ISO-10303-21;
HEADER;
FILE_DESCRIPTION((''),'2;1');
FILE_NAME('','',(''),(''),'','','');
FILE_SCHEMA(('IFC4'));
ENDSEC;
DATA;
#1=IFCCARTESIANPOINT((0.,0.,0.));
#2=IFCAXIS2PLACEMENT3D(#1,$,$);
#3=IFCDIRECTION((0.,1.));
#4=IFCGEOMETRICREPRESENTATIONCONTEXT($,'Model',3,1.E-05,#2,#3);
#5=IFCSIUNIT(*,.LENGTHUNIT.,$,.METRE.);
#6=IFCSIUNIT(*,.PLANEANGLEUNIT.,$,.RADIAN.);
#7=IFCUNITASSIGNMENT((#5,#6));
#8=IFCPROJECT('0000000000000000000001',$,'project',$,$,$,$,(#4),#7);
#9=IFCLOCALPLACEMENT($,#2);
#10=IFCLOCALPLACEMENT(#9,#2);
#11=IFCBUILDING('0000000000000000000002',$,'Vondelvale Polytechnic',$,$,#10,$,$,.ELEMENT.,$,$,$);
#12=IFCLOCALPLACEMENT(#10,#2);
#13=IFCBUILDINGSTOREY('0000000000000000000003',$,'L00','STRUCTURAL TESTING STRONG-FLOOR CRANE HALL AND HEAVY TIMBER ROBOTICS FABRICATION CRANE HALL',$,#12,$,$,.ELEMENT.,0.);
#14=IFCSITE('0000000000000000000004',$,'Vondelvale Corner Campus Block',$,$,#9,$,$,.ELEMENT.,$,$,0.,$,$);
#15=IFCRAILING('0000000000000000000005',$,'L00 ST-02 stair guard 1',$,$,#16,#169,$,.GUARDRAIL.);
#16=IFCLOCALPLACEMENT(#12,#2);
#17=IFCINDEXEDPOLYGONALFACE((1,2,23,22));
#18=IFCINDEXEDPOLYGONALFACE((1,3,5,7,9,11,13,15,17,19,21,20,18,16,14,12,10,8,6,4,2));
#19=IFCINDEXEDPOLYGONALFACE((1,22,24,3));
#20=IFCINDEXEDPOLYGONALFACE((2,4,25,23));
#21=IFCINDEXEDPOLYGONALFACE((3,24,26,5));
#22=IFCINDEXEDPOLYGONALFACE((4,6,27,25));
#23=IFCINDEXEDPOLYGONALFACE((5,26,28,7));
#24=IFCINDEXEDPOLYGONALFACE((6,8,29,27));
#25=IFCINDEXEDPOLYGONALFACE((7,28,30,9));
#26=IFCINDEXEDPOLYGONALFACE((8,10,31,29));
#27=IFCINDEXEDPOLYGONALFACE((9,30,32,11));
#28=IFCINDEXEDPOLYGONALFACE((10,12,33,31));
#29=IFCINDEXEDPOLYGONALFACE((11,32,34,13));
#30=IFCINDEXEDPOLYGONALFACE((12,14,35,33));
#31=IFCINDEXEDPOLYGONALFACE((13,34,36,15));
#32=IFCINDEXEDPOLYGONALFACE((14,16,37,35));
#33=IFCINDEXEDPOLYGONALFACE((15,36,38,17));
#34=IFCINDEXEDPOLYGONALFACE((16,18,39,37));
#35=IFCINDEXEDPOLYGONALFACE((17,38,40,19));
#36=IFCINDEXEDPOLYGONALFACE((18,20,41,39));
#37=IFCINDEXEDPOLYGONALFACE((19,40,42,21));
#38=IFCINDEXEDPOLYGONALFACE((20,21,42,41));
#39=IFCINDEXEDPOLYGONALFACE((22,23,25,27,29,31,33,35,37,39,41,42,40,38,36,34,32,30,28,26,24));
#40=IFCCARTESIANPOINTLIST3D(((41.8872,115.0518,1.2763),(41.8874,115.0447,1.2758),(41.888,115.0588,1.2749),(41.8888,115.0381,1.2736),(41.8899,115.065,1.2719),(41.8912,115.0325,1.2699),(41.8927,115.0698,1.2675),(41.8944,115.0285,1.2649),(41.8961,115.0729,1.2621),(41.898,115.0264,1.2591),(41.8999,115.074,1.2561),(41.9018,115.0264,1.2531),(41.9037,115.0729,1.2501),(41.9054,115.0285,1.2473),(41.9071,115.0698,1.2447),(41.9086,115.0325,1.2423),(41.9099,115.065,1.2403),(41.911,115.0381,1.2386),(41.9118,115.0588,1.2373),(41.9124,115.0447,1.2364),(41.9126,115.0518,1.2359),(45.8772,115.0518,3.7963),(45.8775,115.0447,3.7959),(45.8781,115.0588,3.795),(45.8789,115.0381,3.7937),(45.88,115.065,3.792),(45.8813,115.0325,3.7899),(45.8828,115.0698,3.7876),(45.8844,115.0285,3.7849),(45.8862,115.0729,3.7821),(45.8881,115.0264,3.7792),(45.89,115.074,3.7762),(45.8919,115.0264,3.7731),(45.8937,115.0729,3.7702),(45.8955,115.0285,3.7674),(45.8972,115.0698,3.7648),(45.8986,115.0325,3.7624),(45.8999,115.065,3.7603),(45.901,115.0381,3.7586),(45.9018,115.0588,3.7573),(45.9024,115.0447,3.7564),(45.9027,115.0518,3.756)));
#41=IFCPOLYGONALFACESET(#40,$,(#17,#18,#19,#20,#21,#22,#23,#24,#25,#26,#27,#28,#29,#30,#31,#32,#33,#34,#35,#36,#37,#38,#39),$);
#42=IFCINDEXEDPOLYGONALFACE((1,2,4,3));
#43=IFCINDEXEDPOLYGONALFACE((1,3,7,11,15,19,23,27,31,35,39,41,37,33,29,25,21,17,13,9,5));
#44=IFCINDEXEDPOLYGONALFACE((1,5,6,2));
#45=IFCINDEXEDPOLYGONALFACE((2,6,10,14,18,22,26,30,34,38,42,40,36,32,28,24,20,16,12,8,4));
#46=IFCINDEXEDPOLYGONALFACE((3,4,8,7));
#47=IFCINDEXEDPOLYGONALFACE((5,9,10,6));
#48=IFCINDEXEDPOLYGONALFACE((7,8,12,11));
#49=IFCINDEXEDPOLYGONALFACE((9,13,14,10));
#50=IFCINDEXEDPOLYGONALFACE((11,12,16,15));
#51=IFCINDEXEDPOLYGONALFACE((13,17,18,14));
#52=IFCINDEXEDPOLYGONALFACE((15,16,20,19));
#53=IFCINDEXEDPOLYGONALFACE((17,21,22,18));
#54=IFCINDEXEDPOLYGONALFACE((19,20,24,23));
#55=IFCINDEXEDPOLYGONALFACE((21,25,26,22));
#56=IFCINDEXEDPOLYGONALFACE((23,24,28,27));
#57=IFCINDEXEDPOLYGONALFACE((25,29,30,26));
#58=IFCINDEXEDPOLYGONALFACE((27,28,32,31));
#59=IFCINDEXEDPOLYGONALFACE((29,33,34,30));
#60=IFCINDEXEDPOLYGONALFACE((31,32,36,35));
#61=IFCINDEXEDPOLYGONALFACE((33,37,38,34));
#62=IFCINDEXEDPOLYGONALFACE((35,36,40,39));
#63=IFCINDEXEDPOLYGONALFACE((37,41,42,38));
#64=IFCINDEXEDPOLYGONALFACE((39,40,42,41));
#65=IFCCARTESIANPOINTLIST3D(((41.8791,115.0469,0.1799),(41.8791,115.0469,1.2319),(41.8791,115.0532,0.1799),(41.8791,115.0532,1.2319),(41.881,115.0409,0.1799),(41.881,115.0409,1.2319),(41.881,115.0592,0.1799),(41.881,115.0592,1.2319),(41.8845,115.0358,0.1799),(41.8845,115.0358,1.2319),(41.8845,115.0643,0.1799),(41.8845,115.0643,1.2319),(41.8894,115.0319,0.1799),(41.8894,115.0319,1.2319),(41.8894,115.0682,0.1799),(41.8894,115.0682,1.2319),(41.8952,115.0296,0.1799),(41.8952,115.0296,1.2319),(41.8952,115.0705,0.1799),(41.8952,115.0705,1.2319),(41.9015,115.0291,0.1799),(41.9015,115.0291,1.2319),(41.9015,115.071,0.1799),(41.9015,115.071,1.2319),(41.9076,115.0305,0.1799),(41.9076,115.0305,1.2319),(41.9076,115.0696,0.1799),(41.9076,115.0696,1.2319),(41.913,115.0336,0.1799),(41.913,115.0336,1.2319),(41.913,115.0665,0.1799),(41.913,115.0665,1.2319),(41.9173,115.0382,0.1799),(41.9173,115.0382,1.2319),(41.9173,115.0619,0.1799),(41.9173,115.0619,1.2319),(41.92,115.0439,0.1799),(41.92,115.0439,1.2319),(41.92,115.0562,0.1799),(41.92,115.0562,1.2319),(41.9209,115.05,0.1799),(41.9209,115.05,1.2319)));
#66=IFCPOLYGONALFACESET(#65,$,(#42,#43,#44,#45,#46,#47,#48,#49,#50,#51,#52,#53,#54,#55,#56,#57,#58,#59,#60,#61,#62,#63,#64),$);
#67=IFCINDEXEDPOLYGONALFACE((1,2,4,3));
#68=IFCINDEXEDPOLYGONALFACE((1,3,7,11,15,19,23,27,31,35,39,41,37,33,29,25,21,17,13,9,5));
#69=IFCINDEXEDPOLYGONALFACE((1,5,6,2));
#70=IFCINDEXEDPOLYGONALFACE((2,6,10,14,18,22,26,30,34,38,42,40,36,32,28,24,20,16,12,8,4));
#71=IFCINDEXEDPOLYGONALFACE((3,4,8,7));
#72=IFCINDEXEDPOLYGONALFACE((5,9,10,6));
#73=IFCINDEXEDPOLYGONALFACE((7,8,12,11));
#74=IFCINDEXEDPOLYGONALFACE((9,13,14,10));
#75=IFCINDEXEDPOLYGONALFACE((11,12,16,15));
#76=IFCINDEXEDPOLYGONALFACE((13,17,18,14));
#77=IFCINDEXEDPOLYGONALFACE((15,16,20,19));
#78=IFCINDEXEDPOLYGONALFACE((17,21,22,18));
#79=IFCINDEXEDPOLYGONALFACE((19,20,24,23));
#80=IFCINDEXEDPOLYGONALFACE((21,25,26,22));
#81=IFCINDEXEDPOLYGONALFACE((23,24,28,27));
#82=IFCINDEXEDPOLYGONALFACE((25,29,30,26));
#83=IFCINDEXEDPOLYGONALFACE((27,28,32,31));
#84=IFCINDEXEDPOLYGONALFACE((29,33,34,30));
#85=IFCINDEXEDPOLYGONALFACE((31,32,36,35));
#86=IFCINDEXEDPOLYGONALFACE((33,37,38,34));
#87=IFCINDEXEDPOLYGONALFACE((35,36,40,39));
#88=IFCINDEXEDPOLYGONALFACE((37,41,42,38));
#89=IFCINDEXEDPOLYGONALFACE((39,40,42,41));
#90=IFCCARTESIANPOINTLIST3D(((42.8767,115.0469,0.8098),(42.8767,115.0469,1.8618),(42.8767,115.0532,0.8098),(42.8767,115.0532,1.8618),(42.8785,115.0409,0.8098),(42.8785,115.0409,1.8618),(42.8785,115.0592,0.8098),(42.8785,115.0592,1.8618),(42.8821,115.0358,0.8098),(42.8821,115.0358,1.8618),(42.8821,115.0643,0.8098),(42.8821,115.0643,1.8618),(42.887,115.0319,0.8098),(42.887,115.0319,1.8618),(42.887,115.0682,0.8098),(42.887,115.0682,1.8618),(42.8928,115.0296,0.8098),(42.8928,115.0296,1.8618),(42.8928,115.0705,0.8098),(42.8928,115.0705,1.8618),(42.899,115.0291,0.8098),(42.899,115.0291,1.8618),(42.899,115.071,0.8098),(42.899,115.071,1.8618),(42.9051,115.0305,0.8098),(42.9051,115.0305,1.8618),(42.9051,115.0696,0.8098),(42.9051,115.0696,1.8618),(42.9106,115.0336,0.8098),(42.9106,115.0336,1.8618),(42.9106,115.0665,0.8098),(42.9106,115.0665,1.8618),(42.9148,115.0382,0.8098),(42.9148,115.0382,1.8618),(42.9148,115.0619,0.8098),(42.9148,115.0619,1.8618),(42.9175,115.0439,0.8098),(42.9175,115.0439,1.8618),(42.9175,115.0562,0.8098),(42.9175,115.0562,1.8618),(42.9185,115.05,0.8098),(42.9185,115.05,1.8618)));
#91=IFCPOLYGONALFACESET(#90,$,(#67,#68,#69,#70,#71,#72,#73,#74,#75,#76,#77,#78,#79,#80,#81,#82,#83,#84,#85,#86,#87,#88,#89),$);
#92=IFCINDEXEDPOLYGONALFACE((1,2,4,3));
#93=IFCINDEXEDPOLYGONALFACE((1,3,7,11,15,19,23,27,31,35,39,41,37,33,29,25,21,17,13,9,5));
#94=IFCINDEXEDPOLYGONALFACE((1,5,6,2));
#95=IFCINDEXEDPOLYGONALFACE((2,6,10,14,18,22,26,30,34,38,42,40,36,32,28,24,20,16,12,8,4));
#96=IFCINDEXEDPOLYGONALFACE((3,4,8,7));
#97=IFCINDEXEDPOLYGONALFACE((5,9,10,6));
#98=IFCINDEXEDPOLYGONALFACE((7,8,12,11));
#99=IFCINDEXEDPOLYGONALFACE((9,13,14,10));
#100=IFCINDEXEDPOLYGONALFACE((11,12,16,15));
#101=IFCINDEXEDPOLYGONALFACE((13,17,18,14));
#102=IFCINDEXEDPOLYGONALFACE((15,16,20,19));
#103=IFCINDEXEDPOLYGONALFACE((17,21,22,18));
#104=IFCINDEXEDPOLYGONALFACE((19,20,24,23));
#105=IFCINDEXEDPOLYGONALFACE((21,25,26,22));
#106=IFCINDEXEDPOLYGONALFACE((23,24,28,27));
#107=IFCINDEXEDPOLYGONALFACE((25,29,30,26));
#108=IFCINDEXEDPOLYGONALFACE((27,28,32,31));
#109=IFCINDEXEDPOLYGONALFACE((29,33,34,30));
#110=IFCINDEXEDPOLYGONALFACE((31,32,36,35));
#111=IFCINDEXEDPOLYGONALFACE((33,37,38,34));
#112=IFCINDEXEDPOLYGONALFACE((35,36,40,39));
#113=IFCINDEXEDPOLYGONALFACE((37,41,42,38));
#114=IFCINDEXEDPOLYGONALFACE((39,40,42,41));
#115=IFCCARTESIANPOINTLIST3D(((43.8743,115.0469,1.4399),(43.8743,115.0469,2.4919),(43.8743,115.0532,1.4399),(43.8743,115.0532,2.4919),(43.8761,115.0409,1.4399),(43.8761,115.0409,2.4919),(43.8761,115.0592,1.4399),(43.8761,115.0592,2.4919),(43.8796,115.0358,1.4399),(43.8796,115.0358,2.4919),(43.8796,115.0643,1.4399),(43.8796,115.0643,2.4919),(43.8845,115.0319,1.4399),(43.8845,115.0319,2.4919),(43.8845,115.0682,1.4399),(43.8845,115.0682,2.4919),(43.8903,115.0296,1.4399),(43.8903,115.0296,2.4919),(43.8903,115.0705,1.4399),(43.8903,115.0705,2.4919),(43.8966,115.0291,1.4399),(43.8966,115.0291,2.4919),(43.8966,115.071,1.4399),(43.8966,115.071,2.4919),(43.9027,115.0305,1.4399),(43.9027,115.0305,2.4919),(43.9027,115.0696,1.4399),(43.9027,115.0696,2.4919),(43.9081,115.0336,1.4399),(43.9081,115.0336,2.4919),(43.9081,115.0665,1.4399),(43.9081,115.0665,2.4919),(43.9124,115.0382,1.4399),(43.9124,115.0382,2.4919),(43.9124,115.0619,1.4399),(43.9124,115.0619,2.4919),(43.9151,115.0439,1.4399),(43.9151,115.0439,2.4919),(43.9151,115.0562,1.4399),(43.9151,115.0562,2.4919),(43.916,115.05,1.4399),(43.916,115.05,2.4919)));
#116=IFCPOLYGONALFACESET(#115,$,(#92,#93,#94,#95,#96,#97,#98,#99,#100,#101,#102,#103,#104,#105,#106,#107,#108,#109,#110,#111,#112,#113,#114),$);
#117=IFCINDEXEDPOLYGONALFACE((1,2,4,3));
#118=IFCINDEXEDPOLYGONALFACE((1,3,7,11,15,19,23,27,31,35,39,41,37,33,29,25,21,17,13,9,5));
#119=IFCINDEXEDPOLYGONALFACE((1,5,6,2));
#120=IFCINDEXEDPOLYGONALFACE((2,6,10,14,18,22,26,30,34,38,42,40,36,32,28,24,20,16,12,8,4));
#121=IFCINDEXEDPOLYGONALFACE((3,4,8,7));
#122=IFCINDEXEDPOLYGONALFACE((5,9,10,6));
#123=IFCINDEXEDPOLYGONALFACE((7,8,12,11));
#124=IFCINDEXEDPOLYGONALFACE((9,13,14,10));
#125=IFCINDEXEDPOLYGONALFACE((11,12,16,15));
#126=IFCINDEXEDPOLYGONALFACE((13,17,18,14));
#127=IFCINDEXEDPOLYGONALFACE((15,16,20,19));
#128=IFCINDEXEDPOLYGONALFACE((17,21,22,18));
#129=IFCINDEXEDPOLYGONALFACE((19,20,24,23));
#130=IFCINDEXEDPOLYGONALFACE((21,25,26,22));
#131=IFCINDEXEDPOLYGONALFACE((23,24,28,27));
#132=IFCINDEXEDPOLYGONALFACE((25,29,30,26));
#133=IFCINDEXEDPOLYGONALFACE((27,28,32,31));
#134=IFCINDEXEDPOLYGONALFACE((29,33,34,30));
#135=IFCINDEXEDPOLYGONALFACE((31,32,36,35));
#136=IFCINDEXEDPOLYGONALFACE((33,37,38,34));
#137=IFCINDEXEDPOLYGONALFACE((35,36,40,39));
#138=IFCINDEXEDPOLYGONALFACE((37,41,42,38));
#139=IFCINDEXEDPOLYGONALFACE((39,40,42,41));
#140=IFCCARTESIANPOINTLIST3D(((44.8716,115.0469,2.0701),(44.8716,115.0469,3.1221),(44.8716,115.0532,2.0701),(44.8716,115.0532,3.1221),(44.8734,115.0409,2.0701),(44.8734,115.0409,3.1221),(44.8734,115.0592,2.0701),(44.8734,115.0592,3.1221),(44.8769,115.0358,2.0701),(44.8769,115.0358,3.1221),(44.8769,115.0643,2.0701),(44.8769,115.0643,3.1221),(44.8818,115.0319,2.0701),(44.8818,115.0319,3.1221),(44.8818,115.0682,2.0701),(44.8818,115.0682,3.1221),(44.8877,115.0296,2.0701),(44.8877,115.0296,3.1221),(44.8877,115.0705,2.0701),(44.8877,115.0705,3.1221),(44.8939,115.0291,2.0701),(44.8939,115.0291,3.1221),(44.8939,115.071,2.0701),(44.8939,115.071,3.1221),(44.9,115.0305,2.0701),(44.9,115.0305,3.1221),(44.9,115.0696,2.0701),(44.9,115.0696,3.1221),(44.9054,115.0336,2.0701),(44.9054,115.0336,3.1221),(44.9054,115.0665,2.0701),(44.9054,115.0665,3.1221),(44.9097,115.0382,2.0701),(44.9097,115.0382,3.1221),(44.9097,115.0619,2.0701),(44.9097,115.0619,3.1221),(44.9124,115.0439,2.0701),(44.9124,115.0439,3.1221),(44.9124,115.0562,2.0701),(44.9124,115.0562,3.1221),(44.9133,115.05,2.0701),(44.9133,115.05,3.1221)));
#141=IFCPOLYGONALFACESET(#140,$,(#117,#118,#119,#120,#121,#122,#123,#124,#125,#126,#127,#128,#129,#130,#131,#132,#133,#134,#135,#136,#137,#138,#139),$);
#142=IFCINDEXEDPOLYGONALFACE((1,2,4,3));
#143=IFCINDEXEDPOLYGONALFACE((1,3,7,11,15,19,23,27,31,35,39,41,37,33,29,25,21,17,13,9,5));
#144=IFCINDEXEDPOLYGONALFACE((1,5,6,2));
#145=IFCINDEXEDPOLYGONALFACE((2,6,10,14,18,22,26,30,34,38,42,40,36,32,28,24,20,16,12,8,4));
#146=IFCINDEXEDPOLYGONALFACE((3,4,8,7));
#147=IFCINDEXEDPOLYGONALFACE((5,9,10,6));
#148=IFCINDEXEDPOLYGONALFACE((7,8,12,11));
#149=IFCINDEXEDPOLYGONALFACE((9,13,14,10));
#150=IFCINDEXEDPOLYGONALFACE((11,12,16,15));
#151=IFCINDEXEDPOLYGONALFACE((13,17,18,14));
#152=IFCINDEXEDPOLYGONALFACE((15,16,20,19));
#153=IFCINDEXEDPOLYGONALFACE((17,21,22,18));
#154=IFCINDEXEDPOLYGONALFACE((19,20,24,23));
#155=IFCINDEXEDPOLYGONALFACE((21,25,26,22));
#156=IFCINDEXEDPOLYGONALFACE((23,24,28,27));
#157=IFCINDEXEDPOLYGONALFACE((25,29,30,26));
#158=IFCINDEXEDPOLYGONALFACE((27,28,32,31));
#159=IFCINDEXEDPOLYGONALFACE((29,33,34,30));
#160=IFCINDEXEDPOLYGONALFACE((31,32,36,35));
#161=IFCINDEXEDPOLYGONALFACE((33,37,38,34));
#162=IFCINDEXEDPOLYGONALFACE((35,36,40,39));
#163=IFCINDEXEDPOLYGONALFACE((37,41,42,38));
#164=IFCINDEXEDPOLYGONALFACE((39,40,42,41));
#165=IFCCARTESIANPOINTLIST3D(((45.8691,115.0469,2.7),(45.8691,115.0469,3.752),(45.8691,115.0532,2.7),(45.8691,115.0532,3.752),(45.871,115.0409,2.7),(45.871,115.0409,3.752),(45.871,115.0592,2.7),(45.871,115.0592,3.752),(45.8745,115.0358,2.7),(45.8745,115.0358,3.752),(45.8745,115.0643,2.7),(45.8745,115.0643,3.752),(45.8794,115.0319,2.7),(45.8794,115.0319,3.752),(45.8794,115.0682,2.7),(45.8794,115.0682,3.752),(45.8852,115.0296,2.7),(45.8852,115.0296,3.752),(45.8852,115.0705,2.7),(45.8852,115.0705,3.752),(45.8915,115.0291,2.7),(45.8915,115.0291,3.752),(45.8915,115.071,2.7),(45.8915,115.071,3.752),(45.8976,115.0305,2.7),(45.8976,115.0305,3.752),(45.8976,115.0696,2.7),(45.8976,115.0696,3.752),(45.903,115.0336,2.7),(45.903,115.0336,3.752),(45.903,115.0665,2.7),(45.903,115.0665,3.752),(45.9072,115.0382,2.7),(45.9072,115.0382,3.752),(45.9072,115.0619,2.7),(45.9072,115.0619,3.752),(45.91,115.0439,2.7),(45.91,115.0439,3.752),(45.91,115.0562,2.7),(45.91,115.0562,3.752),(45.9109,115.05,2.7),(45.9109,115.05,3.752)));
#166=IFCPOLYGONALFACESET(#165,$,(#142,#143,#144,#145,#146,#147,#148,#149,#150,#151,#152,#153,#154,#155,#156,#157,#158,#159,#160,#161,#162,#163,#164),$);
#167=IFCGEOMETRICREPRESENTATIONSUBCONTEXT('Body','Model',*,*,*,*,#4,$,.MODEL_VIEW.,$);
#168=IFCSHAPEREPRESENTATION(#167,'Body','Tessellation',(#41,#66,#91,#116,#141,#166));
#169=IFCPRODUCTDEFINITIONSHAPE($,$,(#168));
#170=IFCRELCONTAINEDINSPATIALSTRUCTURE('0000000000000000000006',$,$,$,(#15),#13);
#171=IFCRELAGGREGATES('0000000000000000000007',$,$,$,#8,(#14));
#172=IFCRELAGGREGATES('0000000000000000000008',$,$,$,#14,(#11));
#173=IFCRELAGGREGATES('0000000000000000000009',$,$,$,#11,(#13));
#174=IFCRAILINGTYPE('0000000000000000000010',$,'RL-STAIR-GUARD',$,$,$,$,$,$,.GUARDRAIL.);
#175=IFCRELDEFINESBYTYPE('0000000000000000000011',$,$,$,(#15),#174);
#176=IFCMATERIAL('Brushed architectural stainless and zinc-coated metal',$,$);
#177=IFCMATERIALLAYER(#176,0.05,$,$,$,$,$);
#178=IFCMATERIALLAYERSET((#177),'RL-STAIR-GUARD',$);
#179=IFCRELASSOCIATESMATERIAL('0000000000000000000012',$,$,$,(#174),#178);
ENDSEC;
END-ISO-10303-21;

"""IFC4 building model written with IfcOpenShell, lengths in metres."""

from ifc_helpers import new_model, si_unit, direction, frame, origin, origin_2d, place, context, subcontext, project, spatial, circle, extrude, material, layer, layer_set, type_object, element, save


model = new_model("IFC4")

# Units and contexts
model_context = context("Model", 3, precision=1e-05, world=origin(), true_north=direction((0.0, 1.0)))
body_context = subcontext(model_context, "Body", "Model", "MODEL_VIEW")
ifc_project = project(units=[si_unit("LENGTHUNIT", "METRE"), si_unit("PLANEANGLEUNIT", "RADIAN")], contexts=[model_context])

# Site, building, storey
site_placement = place(None, origin())
site = spatial("IfcSite", under=ifc_project, at=site_placement, Name="Vondelvale Corner Campus Block", CompositionType="ELEMENT", RefElevation=0.0)
building_placement = place(site_placement, origin())
building = spatial("IfcBuilding", under=site, at=building_placement, Name="Vondelvale Polytechnic", CompositionType="ELEMENT")
storey_placement = place(building_placement, origin())
storey = spatial("IfcBuildingStorey", under=building, at=storey_placement, Name="L00", Description="STRUCTURAL TESTING STRONG-FLOOR CRANE HALL AND HEAVY TIMBER ROBOTICS FABRICATION CRANE HALL", CompositionType="ELEMENT", Elevation=0.0)

# Shared definitions
ifc_material_1 = material(Name="Brushed architectural stainless and zinc-coated metal")

# Railing
ifc_layer_1 = layer(ifc_material_1, 0.05)
ifc_layer_set_1 = layer_set([ifc_layer_1], Name="RL-STAIR-GUARD")
railing_type_1 = type_object("IfcRailingType", Name="RL-STAIR-GUARD", PredefinedType="GUARDRAIL", material=ifc_layer_set_1)
railing_1_placement = place(storey_placement, frame((41.8999, 115.05, 0.1799)))
element("IfcRailing", 1, at=railing_1_placement, inside=storey, type_object=railing_type_1, Name="L00 ST-02 stair guard 1", PredefinedType="GUARDRAIL", context=body_context, shape_type="SweptSolid", body=[
    extrude(circle(Radius=0.0239, at=origin_2d()), frame((0.0, 0.0, 1.0762), z_axis=(0.845486, 0.0, 0.533997), x_axis=(0.0, 1.0, 0.0)), (0.0, 0.0, 1.0), 4.7192),
    extrude(circle(Radius=0.021, at=origin_2d()), origin(), (0.0, 0.0, 1.0), 1.052),
    extrude(circle(Radius=0.021, at=origin_2d()), frame((0.9976, 0.0, 0.6299)), (0.0, 0.0, 1.0), 1.052),
    extrude(circle(Radius=0.021, at=origin_2d()), frame((1.9951, 0.0, 1.26)), (0.0, 0.0, 1.0), 1.052),
    extrude(circle(Radius=0.021, at=origin_2d()), frame((2.9924, 0.0, 1.8901)), (0.0, 0.0, 1.0), 1.052),
    extrude(circle(Radius=0.021, at=origin_2d()), frame((3.99, 0.0, 2.52)), (0.0, 0.0, 1.0), 1.052),
])

save(model, "model.ifc")
